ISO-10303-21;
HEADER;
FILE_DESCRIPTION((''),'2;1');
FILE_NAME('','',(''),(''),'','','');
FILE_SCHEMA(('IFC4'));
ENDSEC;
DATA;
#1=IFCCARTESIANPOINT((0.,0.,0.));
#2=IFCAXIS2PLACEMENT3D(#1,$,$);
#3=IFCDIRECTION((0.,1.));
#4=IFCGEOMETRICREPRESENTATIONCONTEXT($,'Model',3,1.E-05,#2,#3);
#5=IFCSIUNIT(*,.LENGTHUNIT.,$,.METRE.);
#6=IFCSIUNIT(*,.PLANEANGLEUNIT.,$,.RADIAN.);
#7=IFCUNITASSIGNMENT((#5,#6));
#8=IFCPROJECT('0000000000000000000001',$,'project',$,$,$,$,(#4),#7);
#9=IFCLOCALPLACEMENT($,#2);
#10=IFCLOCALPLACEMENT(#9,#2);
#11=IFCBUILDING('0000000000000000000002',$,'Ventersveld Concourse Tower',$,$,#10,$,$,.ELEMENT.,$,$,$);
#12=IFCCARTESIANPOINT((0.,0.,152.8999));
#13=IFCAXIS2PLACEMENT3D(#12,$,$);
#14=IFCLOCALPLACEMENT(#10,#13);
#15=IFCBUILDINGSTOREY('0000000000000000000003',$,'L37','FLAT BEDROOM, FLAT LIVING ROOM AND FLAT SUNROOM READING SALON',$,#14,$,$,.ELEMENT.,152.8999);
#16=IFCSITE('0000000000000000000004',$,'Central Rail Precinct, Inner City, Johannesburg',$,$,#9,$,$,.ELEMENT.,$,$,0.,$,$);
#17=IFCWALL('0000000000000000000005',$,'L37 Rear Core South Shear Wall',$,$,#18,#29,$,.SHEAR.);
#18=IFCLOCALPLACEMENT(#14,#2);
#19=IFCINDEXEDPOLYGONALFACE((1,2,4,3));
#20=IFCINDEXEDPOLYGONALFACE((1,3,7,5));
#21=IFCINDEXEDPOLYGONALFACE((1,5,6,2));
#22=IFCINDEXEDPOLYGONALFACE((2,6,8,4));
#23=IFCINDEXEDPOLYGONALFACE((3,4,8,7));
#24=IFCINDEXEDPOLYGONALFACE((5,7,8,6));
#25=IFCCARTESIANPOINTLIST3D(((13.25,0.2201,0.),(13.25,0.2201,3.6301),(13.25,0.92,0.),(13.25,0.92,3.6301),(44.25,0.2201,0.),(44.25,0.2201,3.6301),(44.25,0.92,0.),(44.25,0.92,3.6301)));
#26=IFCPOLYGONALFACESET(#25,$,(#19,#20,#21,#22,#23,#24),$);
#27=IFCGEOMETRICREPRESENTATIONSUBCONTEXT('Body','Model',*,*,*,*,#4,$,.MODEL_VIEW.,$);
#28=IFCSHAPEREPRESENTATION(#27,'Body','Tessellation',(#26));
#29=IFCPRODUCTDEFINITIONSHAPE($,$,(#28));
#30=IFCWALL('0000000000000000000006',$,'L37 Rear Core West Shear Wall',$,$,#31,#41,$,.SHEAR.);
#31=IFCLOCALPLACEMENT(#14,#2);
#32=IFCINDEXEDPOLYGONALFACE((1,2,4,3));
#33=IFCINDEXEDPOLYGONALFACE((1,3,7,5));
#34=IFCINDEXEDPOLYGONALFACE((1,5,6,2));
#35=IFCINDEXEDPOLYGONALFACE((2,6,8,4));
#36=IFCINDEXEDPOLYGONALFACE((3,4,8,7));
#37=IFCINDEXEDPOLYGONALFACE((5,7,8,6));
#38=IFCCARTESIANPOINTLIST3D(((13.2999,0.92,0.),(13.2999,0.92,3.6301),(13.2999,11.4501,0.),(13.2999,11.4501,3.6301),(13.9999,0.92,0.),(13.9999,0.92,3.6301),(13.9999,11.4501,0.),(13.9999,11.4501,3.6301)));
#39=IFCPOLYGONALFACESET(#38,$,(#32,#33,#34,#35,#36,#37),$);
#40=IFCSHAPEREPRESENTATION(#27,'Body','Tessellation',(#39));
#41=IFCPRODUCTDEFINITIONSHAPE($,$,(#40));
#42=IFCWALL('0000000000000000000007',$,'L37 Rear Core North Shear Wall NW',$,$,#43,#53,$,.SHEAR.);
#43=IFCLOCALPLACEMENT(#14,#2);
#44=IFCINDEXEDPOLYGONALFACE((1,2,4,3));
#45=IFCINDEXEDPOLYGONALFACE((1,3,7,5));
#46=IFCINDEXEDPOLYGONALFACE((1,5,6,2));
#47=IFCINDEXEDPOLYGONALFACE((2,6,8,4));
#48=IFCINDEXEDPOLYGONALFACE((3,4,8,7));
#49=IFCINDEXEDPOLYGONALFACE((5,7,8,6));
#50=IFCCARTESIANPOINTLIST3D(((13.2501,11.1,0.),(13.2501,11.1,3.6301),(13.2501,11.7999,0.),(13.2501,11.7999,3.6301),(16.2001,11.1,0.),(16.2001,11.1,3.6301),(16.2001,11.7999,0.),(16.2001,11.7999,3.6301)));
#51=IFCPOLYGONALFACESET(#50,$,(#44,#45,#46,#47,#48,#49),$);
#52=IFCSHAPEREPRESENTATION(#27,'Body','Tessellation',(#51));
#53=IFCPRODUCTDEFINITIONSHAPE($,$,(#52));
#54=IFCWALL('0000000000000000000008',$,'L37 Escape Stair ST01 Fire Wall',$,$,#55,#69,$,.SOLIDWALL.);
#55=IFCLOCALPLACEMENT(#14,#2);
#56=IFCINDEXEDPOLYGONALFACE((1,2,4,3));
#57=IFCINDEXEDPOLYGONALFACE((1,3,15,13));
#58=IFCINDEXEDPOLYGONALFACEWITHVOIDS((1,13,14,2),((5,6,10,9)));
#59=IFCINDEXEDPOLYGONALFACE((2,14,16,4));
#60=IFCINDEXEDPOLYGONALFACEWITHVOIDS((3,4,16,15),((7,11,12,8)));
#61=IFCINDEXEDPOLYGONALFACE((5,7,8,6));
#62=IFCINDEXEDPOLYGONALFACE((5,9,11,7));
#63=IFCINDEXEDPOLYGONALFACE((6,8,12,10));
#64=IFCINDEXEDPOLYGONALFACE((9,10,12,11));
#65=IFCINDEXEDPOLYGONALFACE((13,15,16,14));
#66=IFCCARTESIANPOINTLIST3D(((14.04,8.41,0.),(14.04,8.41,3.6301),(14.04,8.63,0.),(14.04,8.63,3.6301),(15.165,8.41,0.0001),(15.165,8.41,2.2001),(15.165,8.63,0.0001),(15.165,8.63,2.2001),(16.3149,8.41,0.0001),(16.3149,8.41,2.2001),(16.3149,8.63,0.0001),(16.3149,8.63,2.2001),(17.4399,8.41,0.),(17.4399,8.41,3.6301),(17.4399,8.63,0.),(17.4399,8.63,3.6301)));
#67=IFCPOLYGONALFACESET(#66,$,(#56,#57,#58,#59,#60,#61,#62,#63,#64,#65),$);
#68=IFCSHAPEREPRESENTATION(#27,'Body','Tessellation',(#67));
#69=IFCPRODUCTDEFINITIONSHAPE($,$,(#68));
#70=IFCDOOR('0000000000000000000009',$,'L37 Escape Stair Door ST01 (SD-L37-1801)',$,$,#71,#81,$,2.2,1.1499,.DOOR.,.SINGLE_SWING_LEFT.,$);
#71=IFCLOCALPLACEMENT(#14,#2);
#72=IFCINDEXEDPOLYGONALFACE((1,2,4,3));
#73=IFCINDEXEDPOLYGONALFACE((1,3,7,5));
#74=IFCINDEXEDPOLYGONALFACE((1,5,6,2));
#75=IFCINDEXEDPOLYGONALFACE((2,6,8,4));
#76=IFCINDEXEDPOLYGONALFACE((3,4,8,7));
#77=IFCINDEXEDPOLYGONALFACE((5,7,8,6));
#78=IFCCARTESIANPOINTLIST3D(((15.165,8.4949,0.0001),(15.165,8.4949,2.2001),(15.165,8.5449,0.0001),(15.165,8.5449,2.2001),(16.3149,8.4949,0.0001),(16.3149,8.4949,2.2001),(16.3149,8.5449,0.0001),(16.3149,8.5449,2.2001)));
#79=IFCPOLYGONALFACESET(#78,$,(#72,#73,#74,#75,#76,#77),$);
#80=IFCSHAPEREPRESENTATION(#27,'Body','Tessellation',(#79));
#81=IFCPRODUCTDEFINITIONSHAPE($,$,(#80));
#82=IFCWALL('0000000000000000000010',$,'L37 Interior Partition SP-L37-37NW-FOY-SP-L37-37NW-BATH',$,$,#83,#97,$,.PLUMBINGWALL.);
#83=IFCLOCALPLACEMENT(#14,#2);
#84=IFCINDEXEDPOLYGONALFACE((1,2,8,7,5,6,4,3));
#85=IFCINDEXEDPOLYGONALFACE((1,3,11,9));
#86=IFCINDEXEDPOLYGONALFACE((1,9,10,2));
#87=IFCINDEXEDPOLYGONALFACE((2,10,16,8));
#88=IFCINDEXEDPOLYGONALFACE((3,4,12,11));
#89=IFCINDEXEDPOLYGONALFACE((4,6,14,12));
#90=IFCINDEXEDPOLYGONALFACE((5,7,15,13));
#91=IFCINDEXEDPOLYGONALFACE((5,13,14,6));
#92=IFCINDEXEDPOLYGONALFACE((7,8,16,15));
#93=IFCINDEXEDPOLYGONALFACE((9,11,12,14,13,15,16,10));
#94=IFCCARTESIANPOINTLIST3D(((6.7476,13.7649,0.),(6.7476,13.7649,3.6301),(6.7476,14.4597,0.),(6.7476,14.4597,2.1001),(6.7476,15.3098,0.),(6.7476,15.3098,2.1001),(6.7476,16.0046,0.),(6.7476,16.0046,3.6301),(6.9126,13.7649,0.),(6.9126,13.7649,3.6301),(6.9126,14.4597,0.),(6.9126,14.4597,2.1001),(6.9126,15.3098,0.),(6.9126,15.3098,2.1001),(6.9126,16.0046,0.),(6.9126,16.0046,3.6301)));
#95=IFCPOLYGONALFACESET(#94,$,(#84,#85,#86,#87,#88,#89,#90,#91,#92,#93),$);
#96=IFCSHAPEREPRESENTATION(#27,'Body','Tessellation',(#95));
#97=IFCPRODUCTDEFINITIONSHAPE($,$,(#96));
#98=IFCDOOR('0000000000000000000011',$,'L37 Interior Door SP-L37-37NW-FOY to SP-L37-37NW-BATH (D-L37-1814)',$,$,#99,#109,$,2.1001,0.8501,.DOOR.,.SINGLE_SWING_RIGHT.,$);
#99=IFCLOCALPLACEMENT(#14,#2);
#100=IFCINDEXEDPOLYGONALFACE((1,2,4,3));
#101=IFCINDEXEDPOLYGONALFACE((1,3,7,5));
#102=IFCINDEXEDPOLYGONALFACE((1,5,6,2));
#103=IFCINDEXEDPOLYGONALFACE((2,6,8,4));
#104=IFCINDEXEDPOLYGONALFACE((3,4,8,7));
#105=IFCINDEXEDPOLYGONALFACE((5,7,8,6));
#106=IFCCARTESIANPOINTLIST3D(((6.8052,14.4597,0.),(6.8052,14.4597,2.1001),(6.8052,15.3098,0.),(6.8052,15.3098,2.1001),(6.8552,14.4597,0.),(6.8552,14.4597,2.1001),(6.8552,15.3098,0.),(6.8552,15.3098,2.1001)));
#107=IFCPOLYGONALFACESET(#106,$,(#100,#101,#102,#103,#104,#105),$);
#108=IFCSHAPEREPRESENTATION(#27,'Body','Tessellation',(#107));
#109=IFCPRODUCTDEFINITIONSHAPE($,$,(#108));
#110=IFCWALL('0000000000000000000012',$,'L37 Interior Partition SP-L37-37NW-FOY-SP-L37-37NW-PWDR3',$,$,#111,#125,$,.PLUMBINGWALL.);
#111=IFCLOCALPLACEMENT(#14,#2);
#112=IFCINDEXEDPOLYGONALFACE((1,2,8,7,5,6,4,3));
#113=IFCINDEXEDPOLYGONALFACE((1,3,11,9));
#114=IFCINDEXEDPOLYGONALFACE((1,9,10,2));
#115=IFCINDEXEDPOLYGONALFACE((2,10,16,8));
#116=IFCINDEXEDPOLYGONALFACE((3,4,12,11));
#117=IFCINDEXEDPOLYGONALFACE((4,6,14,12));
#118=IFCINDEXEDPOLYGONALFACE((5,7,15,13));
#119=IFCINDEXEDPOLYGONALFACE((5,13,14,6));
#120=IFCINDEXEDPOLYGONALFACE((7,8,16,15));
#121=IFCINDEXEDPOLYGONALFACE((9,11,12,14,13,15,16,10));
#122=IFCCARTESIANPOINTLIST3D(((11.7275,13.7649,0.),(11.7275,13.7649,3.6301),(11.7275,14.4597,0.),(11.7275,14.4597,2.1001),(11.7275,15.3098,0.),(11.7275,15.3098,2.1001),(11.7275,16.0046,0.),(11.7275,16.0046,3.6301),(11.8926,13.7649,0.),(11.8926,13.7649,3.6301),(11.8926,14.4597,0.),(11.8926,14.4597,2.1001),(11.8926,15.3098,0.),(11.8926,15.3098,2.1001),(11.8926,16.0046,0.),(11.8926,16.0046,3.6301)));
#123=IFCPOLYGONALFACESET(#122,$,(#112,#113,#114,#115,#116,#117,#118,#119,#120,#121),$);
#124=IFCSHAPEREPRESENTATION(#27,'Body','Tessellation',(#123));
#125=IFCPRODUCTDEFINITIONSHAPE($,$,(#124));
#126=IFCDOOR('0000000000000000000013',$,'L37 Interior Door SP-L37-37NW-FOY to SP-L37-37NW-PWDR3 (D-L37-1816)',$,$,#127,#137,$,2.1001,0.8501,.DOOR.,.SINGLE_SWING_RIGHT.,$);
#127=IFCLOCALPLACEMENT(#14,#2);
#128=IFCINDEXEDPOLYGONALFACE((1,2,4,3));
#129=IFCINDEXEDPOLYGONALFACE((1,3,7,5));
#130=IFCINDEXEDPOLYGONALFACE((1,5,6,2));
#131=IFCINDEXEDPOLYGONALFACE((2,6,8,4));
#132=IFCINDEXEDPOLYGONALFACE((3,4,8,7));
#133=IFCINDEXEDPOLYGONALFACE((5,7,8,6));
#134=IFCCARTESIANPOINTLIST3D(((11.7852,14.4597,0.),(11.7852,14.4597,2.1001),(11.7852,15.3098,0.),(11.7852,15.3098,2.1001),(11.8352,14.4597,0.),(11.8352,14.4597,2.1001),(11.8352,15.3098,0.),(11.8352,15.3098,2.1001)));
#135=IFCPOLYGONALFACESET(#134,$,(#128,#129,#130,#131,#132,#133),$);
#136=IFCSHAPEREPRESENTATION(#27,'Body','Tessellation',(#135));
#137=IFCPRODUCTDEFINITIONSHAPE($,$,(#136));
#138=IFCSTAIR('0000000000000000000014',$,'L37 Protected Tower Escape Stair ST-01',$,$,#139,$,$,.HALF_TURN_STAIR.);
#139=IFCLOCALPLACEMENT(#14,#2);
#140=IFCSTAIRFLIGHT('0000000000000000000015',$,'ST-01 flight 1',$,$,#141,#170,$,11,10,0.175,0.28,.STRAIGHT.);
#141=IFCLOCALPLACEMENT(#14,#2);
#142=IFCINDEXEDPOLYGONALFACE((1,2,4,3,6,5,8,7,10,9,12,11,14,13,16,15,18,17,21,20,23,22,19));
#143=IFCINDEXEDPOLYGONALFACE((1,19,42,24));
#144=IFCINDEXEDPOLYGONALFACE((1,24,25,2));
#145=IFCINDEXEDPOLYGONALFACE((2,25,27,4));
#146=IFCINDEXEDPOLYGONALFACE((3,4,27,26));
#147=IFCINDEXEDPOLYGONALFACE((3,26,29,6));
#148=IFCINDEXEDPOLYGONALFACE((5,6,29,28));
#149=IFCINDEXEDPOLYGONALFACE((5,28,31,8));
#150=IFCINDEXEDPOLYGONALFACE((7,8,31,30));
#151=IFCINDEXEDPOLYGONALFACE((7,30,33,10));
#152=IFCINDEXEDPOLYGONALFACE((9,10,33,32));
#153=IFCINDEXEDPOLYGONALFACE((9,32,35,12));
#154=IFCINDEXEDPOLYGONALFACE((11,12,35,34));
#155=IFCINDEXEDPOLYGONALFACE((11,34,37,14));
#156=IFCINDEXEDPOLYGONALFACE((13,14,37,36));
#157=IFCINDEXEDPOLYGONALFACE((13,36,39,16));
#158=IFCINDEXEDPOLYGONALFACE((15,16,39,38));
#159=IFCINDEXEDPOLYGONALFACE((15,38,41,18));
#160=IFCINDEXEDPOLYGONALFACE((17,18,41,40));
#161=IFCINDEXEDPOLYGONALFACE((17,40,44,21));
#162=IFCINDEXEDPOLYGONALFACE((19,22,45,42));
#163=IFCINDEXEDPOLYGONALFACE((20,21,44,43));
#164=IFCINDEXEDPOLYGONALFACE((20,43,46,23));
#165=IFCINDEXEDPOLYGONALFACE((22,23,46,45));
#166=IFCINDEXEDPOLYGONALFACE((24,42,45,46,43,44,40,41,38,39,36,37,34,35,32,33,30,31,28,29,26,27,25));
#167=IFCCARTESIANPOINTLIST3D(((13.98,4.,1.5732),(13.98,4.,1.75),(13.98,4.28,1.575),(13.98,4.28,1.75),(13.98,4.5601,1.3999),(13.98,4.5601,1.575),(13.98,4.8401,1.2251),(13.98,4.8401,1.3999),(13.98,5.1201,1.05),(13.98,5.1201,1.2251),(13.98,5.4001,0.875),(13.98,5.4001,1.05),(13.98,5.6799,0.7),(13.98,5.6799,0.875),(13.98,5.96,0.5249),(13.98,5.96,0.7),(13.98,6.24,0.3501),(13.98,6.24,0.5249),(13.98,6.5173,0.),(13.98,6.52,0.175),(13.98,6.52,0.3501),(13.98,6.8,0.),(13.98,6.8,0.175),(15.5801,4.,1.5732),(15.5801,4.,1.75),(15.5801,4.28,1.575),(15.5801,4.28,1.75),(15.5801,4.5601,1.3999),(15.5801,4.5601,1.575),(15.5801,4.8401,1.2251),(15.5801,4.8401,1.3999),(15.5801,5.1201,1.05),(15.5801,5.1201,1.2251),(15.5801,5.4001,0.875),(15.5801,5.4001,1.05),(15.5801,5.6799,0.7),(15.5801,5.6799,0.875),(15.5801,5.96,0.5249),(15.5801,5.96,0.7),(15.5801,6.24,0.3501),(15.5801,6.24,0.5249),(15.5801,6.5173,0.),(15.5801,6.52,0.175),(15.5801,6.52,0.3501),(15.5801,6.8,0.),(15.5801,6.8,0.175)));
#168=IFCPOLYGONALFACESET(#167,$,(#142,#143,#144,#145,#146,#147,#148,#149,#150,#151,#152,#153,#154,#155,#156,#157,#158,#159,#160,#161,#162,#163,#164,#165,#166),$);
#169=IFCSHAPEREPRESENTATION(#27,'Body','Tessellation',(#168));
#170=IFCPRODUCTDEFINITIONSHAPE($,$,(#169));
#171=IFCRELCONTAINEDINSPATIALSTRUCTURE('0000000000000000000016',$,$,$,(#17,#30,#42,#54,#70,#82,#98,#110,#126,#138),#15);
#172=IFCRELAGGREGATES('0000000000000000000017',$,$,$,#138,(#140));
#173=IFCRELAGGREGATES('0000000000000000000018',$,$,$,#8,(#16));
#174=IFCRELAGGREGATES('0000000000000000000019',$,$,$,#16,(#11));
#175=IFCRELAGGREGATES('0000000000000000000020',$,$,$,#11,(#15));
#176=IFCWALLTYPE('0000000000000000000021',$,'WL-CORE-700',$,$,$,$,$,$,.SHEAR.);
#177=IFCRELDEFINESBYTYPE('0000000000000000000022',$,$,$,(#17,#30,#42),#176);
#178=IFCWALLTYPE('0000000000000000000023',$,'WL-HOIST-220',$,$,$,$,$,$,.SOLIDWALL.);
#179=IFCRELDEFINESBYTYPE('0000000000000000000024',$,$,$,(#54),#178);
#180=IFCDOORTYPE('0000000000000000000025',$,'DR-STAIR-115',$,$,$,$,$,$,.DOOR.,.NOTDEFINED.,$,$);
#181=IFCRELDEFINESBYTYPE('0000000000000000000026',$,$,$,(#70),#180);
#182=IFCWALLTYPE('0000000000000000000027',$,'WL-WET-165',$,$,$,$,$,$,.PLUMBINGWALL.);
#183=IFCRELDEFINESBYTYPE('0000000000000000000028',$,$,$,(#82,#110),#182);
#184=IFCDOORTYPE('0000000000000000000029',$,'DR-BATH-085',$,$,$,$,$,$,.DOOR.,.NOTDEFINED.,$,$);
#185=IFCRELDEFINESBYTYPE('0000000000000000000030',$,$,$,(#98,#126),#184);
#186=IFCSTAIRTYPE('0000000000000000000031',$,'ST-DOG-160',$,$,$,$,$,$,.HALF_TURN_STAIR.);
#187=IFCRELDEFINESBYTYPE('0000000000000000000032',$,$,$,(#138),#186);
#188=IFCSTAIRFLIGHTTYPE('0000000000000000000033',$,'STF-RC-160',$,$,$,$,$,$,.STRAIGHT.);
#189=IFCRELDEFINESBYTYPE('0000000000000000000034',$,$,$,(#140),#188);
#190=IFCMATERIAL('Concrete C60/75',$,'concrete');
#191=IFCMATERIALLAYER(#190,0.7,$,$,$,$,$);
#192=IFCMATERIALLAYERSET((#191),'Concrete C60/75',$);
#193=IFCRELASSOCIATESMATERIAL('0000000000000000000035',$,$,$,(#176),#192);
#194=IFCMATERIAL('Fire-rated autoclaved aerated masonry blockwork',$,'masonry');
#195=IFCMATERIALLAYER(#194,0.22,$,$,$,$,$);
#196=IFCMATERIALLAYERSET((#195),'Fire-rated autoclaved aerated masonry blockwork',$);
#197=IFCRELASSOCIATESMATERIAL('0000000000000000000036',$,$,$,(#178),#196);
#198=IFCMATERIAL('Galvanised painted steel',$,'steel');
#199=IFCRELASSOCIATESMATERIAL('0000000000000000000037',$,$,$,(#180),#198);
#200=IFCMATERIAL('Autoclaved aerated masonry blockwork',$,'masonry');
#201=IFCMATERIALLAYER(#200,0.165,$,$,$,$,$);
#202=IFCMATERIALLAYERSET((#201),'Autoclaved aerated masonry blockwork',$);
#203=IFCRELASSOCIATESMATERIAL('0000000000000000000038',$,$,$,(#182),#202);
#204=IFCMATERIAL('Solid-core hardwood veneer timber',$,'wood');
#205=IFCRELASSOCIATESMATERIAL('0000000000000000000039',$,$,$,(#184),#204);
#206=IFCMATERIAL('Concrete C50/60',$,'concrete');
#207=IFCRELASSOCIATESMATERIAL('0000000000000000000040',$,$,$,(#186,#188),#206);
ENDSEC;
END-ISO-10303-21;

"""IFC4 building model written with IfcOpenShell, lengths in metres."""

from ifc_helpers import new_model, si_unit, direction, frame, frame_2d, origin, place, context, subcontext, project, spatial, polyline, rectangle, outline, extrude, material, layer, layer_set, type_object, element, fill, aggregate, save


model = new_model("IFC4")

# Units and contexts
model_context = context("Model", 3, precision=1e-05, world=origin(), true_north=direction((0.0, 1.0)))
body_context = subcontext(model_context, "Body", "Model", "MODEL_VIEW")
ifc_project = project(units=[si_unit("LENGTHUNIT", "METRE"), si_unit("PLANEANGLEUNIT", "RADIAN")], contexts=[model_context])

# Site, building, storey
site_placement = place(None, origin())
site = spatial("IfcSite", under=ifc_project, at=site_placement, Name="Central Rail Precinct, Inner City, Johannesburg", CompositionType="ELEMENT", RefElevation=0.0)
building_placement = place(site_placement, origin())
building = spatial("IfcBuilding", under=site, at=building_placement, Name="Ventersveld Concourse Tower", CompositionType="ELEMENT")
storey_placement = place(building_placement, frame((0.0, 0.0, 152.8999)))
storey = spatial("IfcBuildingStorey", under=building, at=storey_placement, Name="L37", Description="FLAT BEDROOM, FLAT LIVING ROOM AND FLAT SUNROOM READING SALON", CompositionType="ELEMENT", Elevation=152.8999)

# Shared definitions
ifc_material_1 = material(Name="Concrete C50/60", Category="concrete")

# Walls
ifc_material_2 = material(Name="Concrete C60/75", Category="concrete")
ifc_layer_1 = layer(ifc_material_2, 0.7)
ifc_layer_set_1 = layer_set([ifc_layer_1], Name="Concrete C60/75")
wall_type_1 = type_object("IfcWallType", Name="WL-CORE-700", PredefinedType="SHEAR", material=ifc_layer_set_1)
wall_1_placement = place(storey_placement, frame((13.25, 0.5701, 0.0), z_axis=(0.0, 0.0, 1.0), x_axis=(1.0, 0.0, 0.0)))
element("IfcWall", 1, at=wall_1_placement, inside=storey, type_object=wall_type_1, Name="L37 Rear Core South Shear Wall", PredefinedType="SHEAR", context=body_context, shape_type="SweptSolid", body=[
    extrude(rectangle(XDim=31.0, YDim=0.7, at=frame_2d((15.5, 0.0))), origin(), (0.0, 0.0, 1.0), 3.6301),
])
wall_2_placement = place(storey_placement, frame((13.6499, 0.9199, 0.0), z_axis=(0.0, 0.0, 1.0), x_axis=(0.0, 1.0, 0.0)))
element("IfcWall", 2, at=wall_2_placement, inside=storey, type_object=wall_type_1, Name="L37 Rear Core West Shear Wall", PredefinedType="SHEAR", context=body_context, shape_type="SweptSolid", body=[
    extrude(rectangle(XDim=10.53, YDim=0.7, at=frame_2d((5.2651, 0.0))), origin(), (0.0, 0.0, 1.0), 3.6301),
])
wall_3_placement = place(storey_placement, frame((13.25, 11.45, 0.0), z_axis=(0.0, 0.0, 1.0), x_axis=(1.0, 0.0, 0.0)))
element("IfcWall", 3, at=wall_3_placement, inside=storey, type_object=wall_type_1, Name="L37 Rear Core North Shear Wall NW", PredefinedType="SHEAR", context=body_context, shape_type="SweptSolid", body=[
    extrude(rectangle(XDim=2.95, YDim=0.7, at=frame_2d((1.4751, 0.0))), origin(), (0.0, 0.0, 1.0), 3.6301),
])

# Walls, openings, doors
ifc_material_3 = material(Name="Fire-rated autoclaved aerated masonry blockwork", Category="masonry")
ifc_layer_2 = layer(ifc_material_3, 0.22)
ifc_layer_set_2 = layer_set([ifc_layer_2], Name="Fire-rated autoclaved aerated masonry blockwork")
wall_type_2 = type_object("IfcWallType", Name="WL-HOIST-220", PredefinedType="SOLIDWALL", material=ifc_layer_set_2)
wall_4_placement = place(storey_placement, frame((14.04, 8.52, 0.0), z_axis=(0.0, 0.0, 1.0), x_axis=(1.0, 0.0, 0.0)))
wall_4 = element("IfcWall", 4, at=wall_4_placement, inside=storey, type_object=wall_type_2, Name="L37 Escape Stair ST01 Fire Wall", PredefinedType="SOLIDWALL", context=body_context, shape_type="SweptSolid", body=[
    extrude(rectangle(XDim=3.3999, YDim=0.22, at=frame_2d((1.7, 0.0))), origin(), (0.0, 0.0, 1.0), 3.6301),
])
opening_1_placement = place(wall_4_placement, frame((1.125, 0.0, 0.0)))
opening_1 = element("IfcOpeningElement", 5, at=opening_1_placement, cuts=wall_4, PredefinedType="OPENING", context=body_context, shape_type="SweptSolid", body=[
    extrude(rectangle(XDim=1.1499, YDim=2.2, at=frame_2d((0.575, 1.1001))), frame((0.0, 0.1201, 0.0), z_axis=(0.0, -1.0, 0.0), x_axis=(1.0, 0.0, 0.0)), (0.0, 0.0, 1.0), 0.24),
])
ifc_material_4 = material(Name="Galvanised painted steel", Category="steel")
door_type_1 = type_object("IfcDoorType", Name="DR-STAIR-115", OperationType="NOTDEFINED", PredefinedType="DOOR", material=ifc_material_4)
door_1_placement = place(opening_1_placement, origin())
door_1 = element("IfcDoor", 6, at=door_1_placement, inside=storey, type_object=door_type_1, Name="L37 Escape Stair Door ST01 (SD-L37-1801)", OperationType="SINGLE_SWING_LEFT", OverallHeight=2.2, OverallWidth=1.1499, PredefinedType="DOOR", context=body_context, shape_type="SweptSolid", body=[
    extrude(rectangle(XDim=1.1499, YDim=2.2, at=frame_2d((0.575, 1.1001))), frame((0.0, 0.0249, 0.0), z_axis=(0.0, -1.0, 0.0), x_axis=(1.0, 0.0, 0.0)), (0.0, 0.0, 1.0), 0.05),
])
fill(opening_1, door_1)
ifc_material_5 = material(Name="Autoclaved aerated masonry blockwork", Category="masonry")
ifc_layer_3 = layer(ifc_material_5, 0.165)
ifc_layer_set_3 = layer_set([ifc_layer_3], Name="Autoclaved aerated masonry blockwork")
wall_type_3 = type_object("IfcWallType", Name="WL-WET-165", PredefinedType="PLUMBINGWALL", material=ifc_layer_set_3)
wall_5_placement = place(storey_placement, frame((6.8301, 13.7649, 0.0), z_axis=(0.0, 0.0, 1.0), x_axis=(0.0, 1.0, 0.0)))
wall_5 = element("IfcWall", 7, at=wall_5_placement, inside=storey, type_object=wall_type_3, Name="L37 Interior Partition SP-L37-37NW-FOY-SP-L37-37NW-BATH", PredefinedType="PLUMBINGWALL", context=body_context, shape_type="SweptSolid", body=[
    extrude(rectangle(XDim=2.2397, YDim=0.165, at=frame_2d((1.1199, 0.0))), origin(), (0.0, 0.0, 1.0), 3.6301),
])
opening_2_placement = place(wall_5_placement, frame((0.6948, 0.0, 0.0)))
opening_2 = element("IfcOpeningElement", 8, at=opening_2_placement, cuts=wall_5, PredefinedType="OPENING", context=body_context, shape_type="SweptSolid", body=[
    extrude(rectangle(XDim=0.8501, YDim=2.1001, at=frame_2d((0.425, 1.05))), frame((0.0, 0.0925, 0.0), z_axis=(0.0, -1.0, 0.0), x_axis=(1.0, 0.0, 0.0)), (0.0, 0.0, 1.0), 0.1851),
])
ifc_material_6 = material(Name="Solid-core hardwood veneer timber", Category="wood")
door_type_2 = type_object("IfcDoorType", Name="DR-BATH-085", OperationType="NOTDEFINED", PredefinedType="DOOR", material=ifc_material_6)
door_2_placement = place(opening_2_placement, origin())
door_2 = element("IfcDoor", 9, at=door_2_placement, inside=storey, type_object=door_type_2, Name="L37 Interior Door SP-L37-37NW-FOY to SP-L37-37NW-BATH (D-L37-1814)", OperationType="SINGLE_SWING_RIGHT", OverallHeight=2.1001, OverallWidth=0.8501, PredefinedType="DOOR", context=body_context, shape_type="SweptSolid", body=[
    extrude(rectangle(XDim=0.8501, YDim=2.1001, at=frame_2d((0.425, 1.05))), frame((0.0, 0.0249, 0.0), z_axis=(0.0, -1.0, 0.0), x_axis=(1.0, 0.0, 0.0)), (0.0, 0.0, 1.0), 0.05),
])
fill(opening_2, door_2)
wall_6_placement = place(storey_placement, frame((11.8101, 13.7649, 0.0), z_axis=(0.0, 0.0, 1.0), x_axis=(0.0, 1.0, 0.0)))
wall_6 = element("IfcWall", 10, at=wall_6_placement, inside=storey, type_object=wall_type_3, Name="L37 Interior Partition SP-L37-37NW-FOY-SP-L37-37NW-PWDR3", PredefinedType="PLUMBINGWALL", context=body_context, shape_type="SweptSolid", body=[
    extrude(rectangle(XDim=2.2397, YDim=0.165, at=frame_2d((1.1199, 0.0))), origin(), (0.0, 0.0, 1.0), 3.6301),
])
opening_3_placement = place(wall_6_placement, frame((0.6948, 0.0, 0.0)))
opening_3 = element("IfcOpeningElement", 11, at=opening_3_placement, cuts=wall_6, PredefinedType="OPENING", context=body_context, shape_type="SweptSolid", body=[
    extrude(rectangle(XDim=0.8501, YDim=2.1001, at=frame_2d((0.425, 1.05))), frame((0.0, 0.0925, 0.0), z_axis=(0.0, -1.0, 0.0), x_axis=(1.0, 0.0, 0.0)), (0.0, 0.0, 1.0), 0.1851),
])
door_3_placement = place(opening_3_placement, origin())
door_3 = element("IfcDoor", 12, at=door_3_placement, inside=storey, type_object=door_type_2, Name="L37 Interior Door SP-L37-37NW-FOY to SP-L37-37NW-PWDR3 (D-L37-1816)", OperationType="SINGLE_SWING_RIGHT", OverallHeight=2.1001, OverallWidth=0.8501, PredefinedType="DOOR", context=body_context, shape_type="SweptSolid", body=[
    extrude(rectangle(XDim=0.8501, YDim=2.1001, at=frame_2d((0.425, 1.05))), frame((0.0, 0.0249, 0.0), z_axis=(0.0, -1.0, 0.0), x_axis=(1.0, 0.0, 0.0)), (0.0, 0.0, 1.0), 0.05),
])
fill(opening_3, door_3)

# Stair, stair flight
stair_type = type_object("IfcStairType", Name="ST-DOG-160", PredefinedType="HALF_TURN_STAIR", material=ifc_material_1)
stair_placement = place(storey_placement, origin())
stair = element("IfcStair", 13, at=stair_placement, inside=storey, type_object=stair_type, Name="L37 Protected Tower Escape Stair ST-01", PredefinedType="HALF_TURN_STAIR")
stair_flight_type = type_object("IfcStairFlightType", Name="STF-RC-160", PredefinedType="STRAIGHT", material=ifc_material_1)
stair_flight_placement = place(storey_placement, frame((14.78, 6.8, 0.0), z_axis=(0.0, 0.0, 1.0), x_axis=(0.0, -1.0, 0.0)))
stair_flight = element("IfcStairFlight", 14, at=stair_flight_placement, type_object=stair_flight_type, Name="ST-01 flight 1", NumberOfRisers=11, NumberOfTreads=10, PredefinedType="STRAIGHT", RiserHeight=0.175, TreadLength=0.28, context=body_context, shape_type="SweptSolid", body=[
    extrude(outline(polyline([(0.0, 0.0), (0.0, 0.175), (0.28, 0.175), (0.28, 0.3501), (0.5601, 0.3501), (0.5601, 0.5249), (0.8401, 0.5249), (0.8401, 0.7), (1.1201, 0.7), (1.1201, 0.875), (1.3999, 0.875), (1.3999, 1.05), (1.6799, 1.05), (1.6799, 1.2251), (1.96, 1.2251), (1.96, 1.3999), (2.24, 1.3999), (2.24, 1.575), (2.52, 1.575), (2.52, 1.75), (2.8, 1.75), (2.8, 1.925), (2.8, 1.5732), (0.2827, 0.0), (0.0, 0.0)])), frame((0.0, 0.8, 0.0), z_axis=(0.0, -1.0, 0.0), x_axis=(1.0, 0.0, 0.0)), (0.0, 0.0, 1.0), 1.6001),
])
aggregate(stair, [stair_flight])

save(model, "model.ifc")
